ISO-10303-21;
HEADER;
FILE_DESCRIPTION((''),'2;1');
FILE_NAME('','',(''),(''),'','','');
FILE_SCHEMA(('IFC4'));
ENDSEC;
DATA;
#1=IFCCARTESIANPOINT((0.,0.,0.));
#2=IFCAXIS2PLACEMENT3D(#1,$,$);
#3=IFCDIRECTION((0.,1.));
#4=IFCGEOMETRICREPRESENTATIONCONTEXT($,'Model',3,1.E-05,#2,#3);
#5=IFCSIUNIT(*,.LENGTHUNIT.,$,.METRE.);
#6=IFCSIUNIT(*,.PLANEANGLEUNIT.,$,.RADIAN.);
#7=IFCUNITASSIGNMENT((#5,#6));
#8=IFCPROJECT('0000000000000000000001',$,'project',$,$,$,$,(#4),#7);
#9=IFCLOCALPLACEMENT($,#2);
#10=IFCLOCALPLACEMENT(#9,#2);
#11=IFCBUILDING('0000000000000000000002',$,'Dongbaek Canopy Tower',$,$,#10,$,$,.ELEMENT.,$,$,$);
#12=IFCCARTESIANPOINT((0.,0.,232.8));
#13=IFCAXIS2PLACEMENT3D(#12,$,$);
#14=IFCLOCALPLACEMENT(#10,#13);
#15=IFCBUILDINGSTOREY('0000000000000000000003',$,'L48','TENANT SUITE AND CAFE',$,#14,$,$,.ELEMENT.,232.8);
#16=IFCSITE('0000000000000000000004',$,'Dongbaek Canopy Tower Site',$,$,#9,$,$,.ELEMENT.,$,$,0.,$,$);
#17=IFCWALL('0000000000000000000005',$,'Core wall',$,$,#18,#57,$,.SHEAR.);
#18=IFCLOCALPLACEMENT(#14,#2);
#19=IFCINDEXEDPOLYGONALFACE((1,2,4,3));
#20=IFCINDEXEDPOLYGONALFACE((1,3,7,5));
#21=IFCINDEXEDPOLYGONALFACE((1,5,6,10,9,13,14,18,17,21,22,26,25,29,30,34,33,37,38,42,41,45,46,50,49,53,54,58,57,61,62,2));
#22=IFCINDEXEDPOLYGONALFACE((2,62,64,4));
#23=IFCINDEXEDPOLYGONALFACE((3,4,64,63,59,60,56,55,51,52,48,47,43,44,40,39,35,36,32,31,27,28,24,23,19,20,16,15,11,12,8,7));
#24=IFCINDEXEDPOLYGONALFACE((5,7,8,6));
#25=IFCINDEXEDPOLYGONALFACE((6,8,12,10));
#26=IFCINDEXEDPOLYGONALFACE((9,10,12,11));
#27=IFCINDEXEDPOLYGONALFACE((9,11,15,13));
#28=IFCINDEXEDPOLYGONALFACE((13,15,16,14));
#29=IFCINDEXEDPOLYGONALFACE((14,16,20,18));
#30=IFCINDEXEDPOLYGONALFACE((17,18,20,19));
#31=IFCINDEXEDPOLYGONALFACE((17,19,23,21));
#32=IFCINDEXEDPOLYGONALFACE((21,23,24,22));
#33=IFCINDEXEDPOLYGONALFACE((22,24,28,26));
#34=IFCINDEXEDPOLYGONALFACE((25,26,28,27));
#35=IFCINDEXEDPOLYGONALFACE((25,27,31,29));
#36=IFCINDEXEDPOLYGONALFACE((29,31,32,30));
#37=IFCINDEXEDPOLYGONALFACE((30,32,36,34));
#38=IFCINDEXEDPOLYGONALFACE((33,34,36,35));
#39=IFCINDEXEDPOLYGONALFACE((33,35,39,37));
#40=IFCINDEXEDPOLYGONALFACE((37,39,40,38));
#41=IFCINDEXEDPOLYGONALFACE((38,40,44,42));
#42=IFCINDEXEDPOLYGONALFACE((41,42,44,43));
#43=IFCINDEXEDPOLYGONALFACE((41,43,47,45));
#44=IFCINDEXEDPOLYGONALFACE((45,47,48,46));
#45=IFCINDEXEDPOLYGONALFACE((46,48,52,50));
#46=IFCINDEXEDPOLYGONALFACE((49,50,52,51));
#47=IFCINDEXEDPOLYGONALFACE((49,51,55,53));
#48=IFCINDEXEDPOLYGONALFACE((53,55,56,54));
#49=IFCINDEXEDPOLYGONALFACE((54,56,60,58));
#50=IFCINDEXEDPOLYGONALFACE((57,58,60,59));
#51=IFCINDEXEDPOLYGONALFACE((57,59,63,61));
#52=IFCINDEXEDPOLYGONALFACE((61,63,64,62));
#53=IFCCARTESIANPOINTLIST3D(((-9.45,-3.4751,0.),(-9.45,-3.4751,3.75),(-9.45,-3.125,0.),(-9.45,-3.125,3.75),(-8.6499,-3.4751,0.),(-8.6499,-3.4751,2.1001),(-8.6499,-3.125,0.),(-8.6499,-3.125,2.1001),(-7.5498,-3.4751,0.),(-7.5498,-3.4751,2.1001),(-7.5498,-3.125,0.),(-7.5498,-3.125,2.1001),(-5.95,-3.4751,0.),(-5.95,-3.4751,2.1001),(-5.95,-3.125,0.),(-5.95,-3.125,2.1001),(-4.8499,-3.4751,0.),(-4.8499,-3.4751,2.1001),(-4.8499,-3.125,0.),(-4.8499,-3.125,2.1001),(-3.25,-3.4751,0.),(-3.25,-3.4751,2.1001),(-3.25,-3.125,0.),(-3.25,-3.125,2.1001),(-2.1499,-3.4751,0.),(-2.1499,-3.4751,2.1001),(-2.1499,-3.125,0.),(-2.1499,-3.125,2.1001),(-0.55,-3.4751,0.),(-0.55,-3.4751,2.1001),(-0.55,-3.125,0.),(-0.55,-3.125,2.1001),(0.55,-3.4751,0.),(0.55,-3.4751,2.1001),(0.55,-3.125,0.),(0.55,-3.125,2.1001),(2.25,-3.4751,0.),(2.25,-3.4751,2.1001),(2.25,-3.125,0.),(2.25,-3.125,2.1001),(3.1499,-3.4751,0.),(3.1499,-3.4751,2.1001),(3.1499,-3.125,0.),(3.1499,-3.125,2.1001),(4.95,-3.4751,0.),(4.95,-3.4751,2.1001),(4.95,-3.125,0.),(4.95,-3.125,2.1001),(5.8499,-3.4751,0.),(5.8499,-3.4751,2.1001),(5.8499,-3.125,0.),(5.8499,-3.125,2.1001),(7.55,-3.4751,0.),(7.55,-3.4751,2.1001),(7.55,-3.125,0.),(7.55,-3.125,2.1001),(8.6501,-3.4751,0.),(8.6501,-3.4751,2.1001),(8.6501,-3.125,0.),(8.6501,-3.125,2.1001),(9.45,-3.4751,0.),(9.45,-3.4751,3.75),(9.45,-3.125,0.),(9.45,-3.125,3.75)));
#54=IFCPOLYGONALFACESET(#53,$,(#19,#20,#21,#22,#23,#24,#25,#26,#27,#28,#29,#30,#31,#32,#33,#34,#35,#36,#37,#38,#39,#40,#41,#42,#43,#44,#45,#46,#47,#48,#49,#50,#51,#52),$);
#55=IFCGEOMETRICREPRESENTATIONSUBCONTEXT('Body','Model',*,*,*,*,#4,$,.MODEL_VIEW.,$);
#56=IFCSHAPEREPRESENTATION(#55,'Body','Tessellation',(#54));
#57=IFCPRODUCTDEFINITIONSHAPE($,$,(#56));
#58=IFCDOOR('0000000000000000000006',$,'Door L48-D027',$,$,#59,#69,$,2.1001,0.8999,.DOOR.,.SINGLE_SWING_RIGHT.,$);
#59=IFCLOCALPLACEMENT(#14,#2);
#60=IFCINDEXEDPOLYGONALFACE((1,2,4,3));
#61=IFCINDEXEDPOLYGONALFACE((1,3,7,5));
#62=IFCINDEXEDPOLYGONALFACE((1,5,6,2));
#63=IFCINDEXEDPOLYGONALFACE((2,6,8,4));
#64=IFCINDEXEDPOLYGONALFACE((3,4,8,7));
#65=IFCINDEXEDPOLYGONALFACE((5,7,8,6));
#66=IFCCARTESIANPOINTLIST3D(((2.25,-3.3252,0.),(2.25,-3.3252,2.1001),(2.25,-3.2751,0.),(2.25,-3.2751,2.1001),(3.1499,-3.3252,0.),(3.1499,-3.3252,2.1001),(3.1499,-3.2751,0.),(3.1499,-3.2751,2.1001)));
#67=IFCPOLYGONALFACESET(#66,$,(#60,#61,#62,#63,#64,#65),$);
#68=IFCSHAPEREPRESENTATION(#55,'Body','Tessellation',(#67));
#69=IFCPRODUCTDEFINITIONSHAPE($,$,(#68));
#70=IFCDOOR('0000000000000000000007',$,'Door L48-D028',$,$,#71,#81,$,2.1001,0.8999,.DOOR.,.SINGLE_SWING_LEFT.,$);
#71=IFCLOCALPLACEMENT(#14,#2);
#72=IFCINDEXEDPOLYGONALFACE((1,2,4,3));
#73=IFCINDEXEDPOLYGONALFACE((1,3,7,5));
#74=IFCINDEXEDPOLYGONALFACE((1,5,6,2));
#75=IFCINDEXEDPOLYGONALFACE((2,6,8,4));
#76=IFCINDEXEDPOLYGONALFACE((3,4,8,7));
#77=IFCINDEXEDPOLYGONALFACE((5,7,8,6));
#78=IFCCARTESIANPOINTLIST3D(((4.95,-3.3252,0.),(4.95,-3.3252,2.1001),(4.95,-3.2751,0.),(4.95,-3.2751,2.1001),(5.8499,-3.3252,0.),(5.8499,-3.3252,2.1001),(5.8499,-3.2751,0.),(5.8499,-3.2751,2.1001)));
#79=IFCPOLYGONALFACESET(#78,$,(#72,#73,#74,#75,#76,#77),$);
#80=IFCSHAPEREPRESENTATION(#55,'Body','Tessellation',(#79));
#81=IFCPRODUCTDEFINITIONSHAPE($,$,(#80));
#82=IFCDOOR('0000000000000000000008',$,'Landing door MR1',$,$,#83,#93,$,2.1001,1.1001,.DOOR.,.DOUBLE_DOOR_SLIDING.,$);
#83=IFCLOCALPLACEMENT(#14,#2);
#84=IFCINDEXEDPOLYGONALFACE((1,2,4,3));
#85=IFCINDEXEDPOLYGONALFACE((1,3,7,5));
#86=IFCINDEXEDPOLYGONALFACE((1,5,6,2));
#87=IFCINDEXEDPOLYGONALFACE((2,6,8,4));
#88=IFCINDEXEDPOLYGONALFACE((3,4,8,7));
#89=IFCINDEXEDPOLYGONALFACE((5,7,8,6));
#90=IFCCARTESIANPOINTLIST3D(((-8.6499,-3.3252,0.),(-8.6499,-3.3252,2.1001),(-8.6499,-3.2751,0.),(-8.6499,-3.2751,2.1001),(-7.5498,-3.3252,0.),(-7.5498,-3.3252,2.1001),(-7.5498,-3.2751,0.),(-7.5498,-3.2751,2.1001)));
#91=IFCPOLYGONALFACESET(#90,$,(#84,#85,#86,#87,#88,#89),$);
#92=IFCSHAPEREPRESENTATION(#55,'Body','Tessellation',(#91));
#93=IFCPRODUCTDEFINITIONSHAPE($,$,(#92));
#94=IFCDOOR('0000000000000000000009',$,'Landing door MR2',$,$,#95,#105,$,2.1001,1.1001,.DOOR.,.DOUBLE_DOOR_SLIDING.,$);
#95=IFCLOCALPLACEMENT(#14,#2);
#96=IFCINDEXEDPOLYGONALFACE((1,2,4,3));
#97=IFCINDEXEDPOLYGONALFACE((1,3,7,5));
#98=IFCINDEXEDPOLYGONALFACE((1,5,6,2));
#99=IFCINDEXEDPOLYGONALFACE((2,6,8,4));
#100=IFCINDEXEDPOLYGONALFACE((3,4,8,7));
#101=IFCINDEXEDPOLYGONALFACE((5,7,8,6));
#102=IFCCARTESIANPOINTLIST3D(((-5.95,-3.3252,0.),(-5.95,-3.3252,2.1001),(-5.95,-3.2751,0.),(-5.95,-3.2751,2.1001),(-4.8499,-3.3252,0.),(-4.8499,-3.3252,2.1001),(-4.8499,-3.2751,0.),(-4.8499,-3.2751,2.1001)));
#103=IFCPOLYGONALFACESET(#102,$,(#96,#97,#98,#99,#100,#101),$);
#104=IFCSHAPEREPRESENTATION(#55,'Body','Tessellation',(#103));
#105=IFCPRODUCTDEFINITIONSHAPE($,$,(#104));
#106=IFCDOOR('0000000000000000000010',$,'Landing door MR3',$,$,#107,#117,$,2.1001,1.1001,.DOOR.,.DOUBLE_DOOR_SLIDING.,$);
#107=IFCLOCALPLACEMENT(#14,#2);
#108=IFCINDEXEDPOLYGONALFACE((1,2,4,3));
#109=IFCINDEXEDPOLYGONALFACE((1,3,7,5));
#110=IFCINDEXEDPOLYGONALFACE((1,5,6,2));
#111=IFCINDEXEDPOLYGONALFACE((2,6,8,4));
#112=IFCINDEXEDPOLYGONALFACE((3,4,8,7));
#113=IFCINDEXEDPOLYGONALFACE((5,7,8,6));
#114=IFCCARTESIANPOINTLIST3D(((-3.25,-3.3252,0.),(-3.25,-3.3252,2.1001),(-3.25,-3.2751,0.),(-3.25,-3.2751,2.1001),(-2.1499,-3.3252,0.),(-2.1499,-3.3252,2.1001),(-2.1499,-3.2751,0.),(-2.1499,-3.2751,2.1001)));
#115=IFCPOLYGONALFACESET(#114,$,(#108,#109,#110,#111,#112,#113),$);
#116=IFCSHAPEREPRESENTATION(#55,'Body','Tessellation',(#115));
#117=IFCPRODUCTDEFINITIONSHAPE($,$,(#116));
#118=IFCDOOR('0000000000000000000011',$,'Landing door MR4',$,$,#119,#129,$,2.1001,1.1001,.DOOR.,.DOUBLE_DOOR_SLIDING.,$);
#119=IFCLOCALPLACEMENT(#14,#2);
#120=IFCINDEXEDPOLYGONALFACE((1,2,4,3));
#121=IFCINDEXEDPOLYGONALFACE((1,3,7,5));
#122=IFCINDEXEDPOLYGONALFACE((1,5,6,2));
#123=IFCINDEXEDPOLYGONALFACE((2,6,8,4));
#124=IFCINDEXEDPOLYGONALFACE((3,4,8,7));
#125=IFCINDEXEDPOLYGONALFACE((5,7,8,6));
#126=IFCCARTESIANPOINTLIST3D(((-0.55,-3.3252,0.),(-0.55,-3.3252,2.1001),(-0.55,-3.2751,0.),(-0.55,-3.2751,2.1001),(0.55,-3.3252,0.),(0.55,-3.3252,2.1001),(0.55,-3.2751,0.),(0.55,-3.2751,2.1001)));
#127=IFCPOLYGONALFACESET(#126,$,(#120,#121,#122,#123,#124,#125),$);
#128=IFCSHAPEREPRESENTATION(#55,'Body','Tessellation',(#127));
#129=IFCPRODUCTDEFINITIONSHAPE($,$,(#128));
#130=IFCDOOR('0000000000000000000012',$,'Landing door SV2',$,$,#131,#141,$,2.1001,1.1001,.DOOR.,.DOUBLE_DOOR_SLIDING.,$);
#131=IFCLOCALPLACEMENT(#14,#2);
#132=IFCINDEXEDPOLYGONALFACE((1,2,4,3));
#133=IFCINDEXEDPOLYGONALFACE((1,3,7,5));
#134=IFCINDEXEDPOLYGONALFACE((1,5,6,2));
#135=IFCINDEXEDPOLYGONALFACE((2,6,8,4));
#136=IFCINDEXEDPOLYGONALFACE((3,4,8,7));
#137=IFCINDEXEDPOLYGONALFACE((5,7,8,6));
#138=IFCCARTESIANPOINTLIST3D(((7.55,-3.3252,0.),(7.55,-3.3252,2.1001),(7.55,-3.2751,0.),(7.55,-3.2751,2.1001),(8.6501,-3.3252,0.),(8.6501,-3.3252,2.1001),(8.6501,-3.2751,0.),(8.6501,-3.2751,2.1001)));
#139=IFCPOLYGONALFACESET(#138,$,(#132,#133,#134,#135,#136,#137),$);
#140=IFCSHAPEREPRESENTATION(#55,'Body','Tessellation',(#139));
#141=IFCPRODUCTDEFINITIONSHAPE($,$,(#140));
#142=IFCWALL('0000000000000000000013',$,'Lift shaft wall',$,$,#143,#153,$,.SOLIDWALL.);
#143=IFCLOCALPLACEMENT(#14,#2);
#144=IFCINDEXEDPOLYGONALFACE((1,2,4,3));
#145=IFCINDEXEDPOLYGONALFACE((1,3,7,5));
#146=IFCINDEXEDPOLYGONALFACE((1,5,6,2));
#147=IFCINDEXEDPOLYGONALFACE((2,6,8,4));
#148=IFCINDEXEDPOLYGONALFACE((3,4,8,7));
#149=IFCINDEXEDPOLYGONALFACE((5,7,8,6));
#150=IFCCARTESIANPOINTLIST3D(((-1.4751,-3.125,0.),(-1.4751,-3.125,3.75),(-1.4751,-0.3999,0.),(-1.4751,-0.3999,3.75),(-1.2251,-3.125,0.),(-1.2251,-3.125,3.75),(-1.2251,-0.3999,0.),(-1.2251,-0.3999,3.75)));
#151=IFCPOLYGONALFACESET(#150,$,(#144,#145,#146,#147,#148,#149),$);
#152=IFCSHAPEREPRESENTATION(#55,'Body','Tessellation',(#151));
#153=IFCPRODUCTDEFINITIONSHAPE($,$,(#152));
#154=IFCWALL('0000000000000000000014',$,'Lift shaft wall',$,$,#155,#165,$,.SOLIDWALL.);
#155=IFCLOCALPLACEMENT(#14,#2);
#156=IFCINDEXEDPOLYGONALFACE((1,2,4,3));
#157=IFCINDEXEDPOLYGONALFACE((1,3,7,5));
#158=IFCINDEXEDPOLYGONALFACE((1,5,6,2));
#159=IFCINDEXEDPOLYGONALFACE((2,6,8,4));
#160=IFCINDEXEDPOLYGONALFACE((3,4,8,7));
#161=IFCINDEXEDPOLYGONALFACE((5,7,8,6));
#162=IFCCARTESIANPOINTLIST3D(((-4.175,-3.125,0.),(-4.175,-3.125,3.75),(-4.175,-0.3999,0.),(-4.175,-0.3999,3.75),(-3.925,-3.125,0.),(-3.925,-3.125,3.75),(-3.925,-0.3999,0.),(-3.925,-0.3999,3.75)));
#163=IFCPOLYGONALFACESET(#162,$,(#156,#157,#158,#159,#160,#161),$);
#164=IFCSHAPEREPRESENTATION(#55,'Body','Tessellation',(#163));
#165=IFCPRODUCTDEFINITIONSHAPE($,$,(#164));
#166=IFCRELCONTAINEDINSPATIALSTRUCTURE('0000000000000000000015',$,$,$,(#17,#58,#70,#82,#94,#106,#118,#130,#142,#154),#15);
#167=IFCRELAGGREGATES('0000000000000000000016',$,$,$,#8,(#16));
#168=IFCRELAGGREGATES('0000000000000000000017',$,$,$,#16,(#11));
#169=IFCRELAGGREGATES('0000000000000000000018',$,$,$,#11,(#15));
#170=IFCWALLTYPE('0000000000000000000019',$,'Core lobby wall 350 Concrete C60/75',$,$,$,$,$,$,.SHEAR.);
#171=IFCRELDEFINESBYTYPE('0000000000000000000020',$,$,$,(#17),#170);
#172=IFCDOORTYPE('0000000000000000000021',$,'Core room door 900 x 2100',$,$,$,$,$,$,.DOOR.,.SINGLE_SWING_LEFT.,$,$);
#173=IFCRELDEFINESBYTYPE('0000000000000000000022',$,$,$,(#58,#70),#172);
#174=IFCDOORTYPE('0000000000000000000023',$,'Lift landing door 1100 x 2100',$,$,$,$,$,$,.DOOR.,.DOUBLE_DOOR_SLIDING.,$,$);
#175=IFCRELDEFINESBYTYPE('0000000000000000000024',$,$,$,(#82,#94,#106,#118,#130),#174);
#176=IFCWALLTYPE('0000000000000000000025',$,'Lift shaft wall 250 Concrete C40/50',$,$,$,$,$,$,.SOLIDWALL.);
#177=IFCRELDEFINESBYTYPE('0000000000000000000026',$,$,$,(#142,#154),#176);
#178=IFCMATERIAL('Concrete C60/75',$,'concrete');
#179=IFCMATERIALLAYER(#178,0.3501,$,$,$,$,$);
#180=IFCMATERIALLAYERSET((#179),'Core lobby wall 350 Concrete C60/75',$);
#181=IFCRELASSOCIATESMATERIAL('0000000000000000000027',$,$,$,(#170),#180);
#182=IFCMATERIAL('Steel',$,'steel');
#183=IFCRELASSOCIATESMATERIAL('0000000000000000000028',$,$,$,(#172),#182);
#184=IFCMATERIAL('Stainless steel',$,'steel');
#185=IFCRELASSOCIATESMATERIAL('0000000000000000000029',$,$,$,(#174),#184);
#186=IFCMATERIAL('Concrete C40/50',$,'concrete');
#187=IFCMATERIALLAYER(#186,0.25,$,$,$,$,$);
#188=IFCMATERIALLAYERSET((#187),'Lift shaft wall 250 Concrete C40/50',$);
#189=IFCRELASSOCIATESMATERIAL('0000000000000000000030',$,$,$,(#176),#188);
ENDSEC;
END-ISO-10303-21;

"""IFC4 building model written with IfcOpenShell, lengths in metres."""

from ifc_helpers import new_model, si_unit, direction, frame, frame_2d, origin, place, context, subcontext, project, spatial, rectangle, extrude, material, layer, layer_set, type_object, element, fill, save


model = new_model("IFC4")

# Units and contexts
model_context = context("Model", 3, precision=1e-05, world=origin(), true_north=direction((0.0, 1.0)))
body_context = subcontext(model_context, "Body", "Model", "MODEL_VIEW")
ifc_project = project(units=[si_unit("LENGTHUNIT", "METRE"), si_unit("PLANEANGLEUNIT", "RADIAN")], contexts=[model_context])

# Site, building, storey
site_placement = place(None, origin())
site = spatial("IfcSite", under=ifc_project, at=site_placement, Name="Dongbaek Canopy Tower Site", CompositionType="ELEMENT", RefElevation=0.0)
building_placement = place(site_placement, origin())
building = spatial("IfcBuilding", under=site, at=building_placement, Name="Dongbaek Canopy Tower", CompositionType="ELEMENT")
storey_placement = place(building_placement, frame((0.0, 0.0, 232.8)))
storey = spatial("IfcBuildingStorey", under=building, at=storey_placement, Name="L48", Description="TENANT SUITE AND CAFE", CompositionType="ELEMENT", Elevation=232.8)

# Wall, openings, doors
ifc_material_1 = material(Name="Concrete C60/75", Category="concrete")
ifc_layer_1 = layer(ifc_material_1, 0.3501)
ifc_layer_set_1 = layer_set([ifc_layer_1], Name="Core lobby wall 350 Concrete C60/75")
wall_type_1 = type_object("IfcWallType", Name="Core lobby wall 350 Concrete C60/75", PredefinedType="SHEAR", material=ifc_layer_set_1)
wall_1_placement = place(storey_placement, frame((-9.45, -3.3, 0.0), z_axis=(0.0, 0.0, 1.0), x_axis=(1.0, 0.0, 0.0)))
wall_1 = element("IfcWall", 1, at=wall_1_placement, inside=storey, type_object=wall_type_1, Name="Core wall", PredefinedType="SHEAR", context=body_context, shape_type="SweptSolid", body=[
    extrude(rectangle(XDim=18.8999, YDim=0.3501, at=frame_2d((9.45, 0.0))), origin(), (0.0, 0.0, 1.0), 3.75),
])
opening_1_placement = place(wall_1_placement, frame((0.8, 0.0, 0.0)))
opening_1 = element("IfcOpeningElement", 2, at=opening_1_placement, cuts=wall_1, PredefinedType="OPENING", context=body_context, shape_type="SweptSolid", body=[
    extrude(rectangle(XDim=1.1001, YDim=2.1001, at=frame_2d((0.55, 1.05))), frame((0.0, 0.1851, 0.0), z_axis=(0.0, -1.0, 0.0), x_axis=(1.0, 0.0, 0.0)), (0.0, 0.0, 1.0), 0.3701),
])
opening_2_placement = place(wall_1_placement, frame((3.5, 0.0, 0.0)))
opening_2 = element("IfcOpeningElement", 3, at=opening_2_placement, cuts=wall_1, PredefinedType="OPENING", context=body_context, shape_type="SweptSolid", body=[
    extrude(rectangle(XDim=1.1001, YDim=2.1001, at=frame_2d((0.55, 1.05))), frame((0.0, 0.1851, 0.0), z_axis=(0.0, -1.0, 0.0), x_axis=(1.0, 0.0, 0.0)), (0.0, 0.0, 1.0), 0.3701),
])
opening_3_placement = place(wall_1_placement, frame((6.2, 0.0, 0.0)))
opening_3 = element("IfcOpeningElement", 4, at=opening_3_placement, cuts=wall_1, PredefinedType="OPENING", context=body_context, shape_type="SweptSolid", body=[
    extrude(rectangle(XDim=1.1001, YDim=2.1001, at=frame_2d((0.55, 1.05))), frame((0.0, 0.1851, 0.0), z_axis=(0.0, -1.0, 0.0), x_axis=(1.0, 0.0, 0.0)), (0.0, 0.0, 1.0), 0.3701),
])
opening_4_placement = place(wall_1_placement, frame((8.8999, 0.0, 0.0)))
opening_4 = element("IfcOpeningElement", 5, at=opening_4_placement, cuts=wall_1, PredefinedType="OPENING", context=body_context, shape_type="SweptSolid", body=[
    extrude(rectangle(XDim=1.1001, YDim=2.1001, at=frame_2d((0.55, 1.05))), frame((0.0, 0.1851, 0.0), z_axis=(0.0, -1.0, 0.0), x_axis=(1.0, 0.0, 0.0)), (0.0, 0.0, 1.0), 0.3701),
])
opening_5_placement = place(wall_1_placement, frame((17.0, 0.0, 0.0)))
opening_5 = element("IfcOpeningElement", 6, at=opening_5_placement, cuts=wall_1, PredefinedType="OPENING", context=body_context, shape_type="SweptSolid", body=[
    extrude(rectangle(XDim=1.1001, YDim=2.1001, at=frame_2d((0.55, 1.05))), frame((0.0, 0.1851, 0.0), z_axis=(0.0, -1.0, 0.0), x_axis=(1.0, 0.0, 0.0)), (0.0, 0.0, 1.0), 0.3701),
])
opening_6_placement = place(wall_1_placement, frame((11.7, 0.0, 0.0)))
opening_6 = element("IfcOpeningElement", 7, at=opening_6_placement, cuts=wall_1, PredefinedType="OPENING", context=body_context, shape_type="SweptSolid", body=[
    extrude(rectangle(XDim=0.8999, YDim=2.1001, at=frame_2d((0.45, 1.05))), frame((0.0, 0.1851, 0.0), z_axis=(0.0, -1.0, 0.0), x_axis=(1.0, 0.0, 0.0)), (0.0, 0.0, 1.0), 0.3701),
])
opening_7_placement = place(wall_1_placement, frame((14.3999, 0.0, 0.0)))
opening_7 = element("IfcOpeningElement", 8, at=opening_7_placement, cuts=wall_1, PredefinedType="OPENING", context=body_context, shape_type="SweptSolid", body=[
    extrude(rectangle(XDim=0.8999, YDim=2.1001, at=frame_2d((0.45, 1.05))), frame((0.0, 0.1851, 0.0), z_axis=(0.0, -1.0, 0.0), x_axis=(1.0, 0.0, 0.0)), (0.0, 0.0, 1.0), 0.3701),
])
ifc_material_2 = material(Name="Steel", Category="steel")
door_type_1 = type_object("IfcDoorType", Name="Core room door 900 x 2100", OperationType="SINGLE_SWING_LEFT", PredefinedType="DOOR", material=ifc_material_2)
door_1_placement = place(opening_6_placement, origin())
door_1 = element("IfcDoor", 9, at=door_1_placement, inside=storey, type_object=door_type_1, Name="Door L48-D027", OperationType="SINGLE_SWING_RIGHT", OverallHeight=2.1001, OverallWidth=0.8999, PredefinedType="DOOR", context=body_context, shape_type="SweptSolid", body=[
    extrude(rectangle(XDim=0.8999, YDim=2.1001, at=frame_2d((0.45, 1.05))), frame((0.0, 0.0249, 0.0), z_axis=(0.0, -1.0, 0.0), x_axis=(1.0, 0.0, 0.0)), (0.0, 0.0, 1.0), 0.05),
])
fill(opening_6, door_1)
door_2_placement = place(opening_7_placement, origin())
door_2 = element("IfcDoor", 10, at=door_2_placement, inside=storey, type_object=door_type_1, Name="Door L48-D028", OperationType="SINGLE_SWING_LEFT", OverallHeight=2.1001, OverallWidth=0.8999, PredefinedType="DOOR", context=body_context, shape_type="SweptSolid", body=[
    extrude(rectangle(XDim=0.8999, YDim=2.1001, at=frame_2d((0.45, 1.05))), frame((0.0, 0.0249, 0.0), z_axis=(0.0, -1.0, 0.0), x_axis=(1.0, 0.0, 0.0)), (0.0, 0.0, 1.0), 0.05),
])
fill(opening_7, door_2)
ifc_material_3 = material(Name="Stainless steel", Category="steel")
door_type_2 = type_object("IfcDoorType", Name="Lift landing door 1100 x 2100", OperationType="DOUBLE_DOOR_SLIDING", PredefinedType="DOOR", material=ifc_material_3)
door_3_placement = place(opening_1_placement, origin())
door_3 = element("IfcDoor", 11, at=door_3_placement, inside=storey, type_object=door_type_2, Name="Landing door MR1", OperationType="DOUBLE_DOOR_SLIDING", OverallHeight=2.1001, OverallWidth=1.1001, PredefinedType="DOOR", context=body_context, shape_type="SweptSolid", body=[
    extrude(rectangle(XDim=1.1001, YDim=2.1001, at=frame_2d((0.55, 1.05))), frame((0.0, 0.0249, 0.0), z_axis=(0.0, -1.0, 0.0), x_axis=(1.0, 0.0, 0.0)), (0.0, 0.0, 1.0), 0.05),
])
fill(opening_1, door_3)
door_4_placement = place(opening_2_placement, origin())
door_4 = element("IfcDoor", 12, at=door_4_placement, inside=storey, type_object=door_type_2, Name="Landing door MR2", OperationType="DOUBLE_DOOR_SLIDING", OverallHeight=2.1001, OverallWidth=1.1001, PredefinedType="DOOR", context=body_context, shape_type="SweptSolid", body=[
    extrude(rectangle(XDim=1.1001, YDim=2.1001, at=frame_2d((0.55, 1.05))), frame((0.0, 0.0249, 0.0), z_axis=(0.0, -1.0, 0.0), x_axis=(1.0, 0.0, 0.0)), (0.0, 0.0, 1.0), 0.05),
])
fill(opening_2, door_4)
door_5_placement = place(opening_3_placement, origin())
door_5 = element("IfcDoor", 13, at=door_5_placement, inside=storey, type_object=door_type_2, Name="Landing door MR3", OperationType="DOUBLE_DOOR_SLIDING", OverallHeight=2.1001, OverallWidth=1.1001, PredefinedType="DOOR", context=body_context, shape_type="SweptSolid", body=[
    extrude(rectangle(XDim=1.1001, YDim=2.1001, at=frame_2d((0.55, 1.05))), frame((0.0, 0.0249, 0.0), z_axis=(0.0, -1.0, 0.0), x_axis=(1.0, 0.0, 0.0)), (0.0, 0.0, 1.0), 0.05),
])
fill(opening_3, door_5)
door_6_placement = place(opening_4_placement, origin())
door_6 = element("IfcDoor", 14, at=door_6_placement, inside=storey, type_object=door_type_2, Name="Landing door MR4", OperationType="DOUBLE_DOOR_SLIDING", OverallHeight=2.1001, OverallWidth=1.1001, PredefinedType="DOOR", context=body_context, shape_type="SweptSolid", body=[
    extrude(rectangle(XDim=1.1001, YDim=2.1001, at=frame_2d((0.55, 1.05))), frame((0.0, 0.0249, 0.0), z_axis=(0.0, -1.0, 0.0), x_axis=(1.0, 0.0, 0.0)), (0.0, 0.0, 1.0), 0.05),
])
fill(opening_4, door_6)
door_7_placement = place(opening_5_placement, origin())
door_7 = element("IfcDoor", 15, at=door_7_placement, inside=storey, type_object=door_type_2, Name="Landing door SV2", OperationType="DOUBLE_DOOR_SLIDING", OverallHeight=2.1001, OverallWidth=1.1001, PredefinedType="DOOR", context=body_context, shape_type="SweptSolid", body=[
    extrude(rectangle(XDim=1.1001, YDim=2.1001, at=frame_2d((0.55, 1.05))), frame((0.0, 0.0249, 0.0), z_axis=(0.0, -1.0, 0.0), x_axis=(1.0, 0.0, 0.0)), (0.0, 0.0, 1.0), 0.05),
])
fill(opening_5, door_7)

# Walls
ifc_material_4 = material(Name="Concrete C40/50", Category="concrete")
ifc_layer_2 = layer(ifc_material_4, 0.25)
ifc_layer_set_2 = layer_set([ifc_layer_2], Name="Lift shaft wall 250 Concrete C40/50")
wall_type_2 = type_object("IfcWallType", Name="Lift shaft wall 250 Concrete C40/50", PredefinedType="SOLIDWALL", material=ifc_layer_set_2)
for number, where, z_axis, x_axis, name in (
    (16, (-1.3501, -3.125, 0.0), (0.0, 0.0, 1.0), (0.0, 1.0, 0.0), "Lift shaft wall"),
    (17, (-4.05, -3.125, 0.0), (0.0, 0.0, 1.0), (0.0, 1.0, 0.0), "Lift shaft wall"),
):
    element("IfcWall", number, at=place(storey_placement, frame(where, z_axis=z_axis, x_axis=x_axis)), inside=storey, type_object=wall_type_2, Name=name, PredefinedType="SOLIDWALL", context=body_context, shape_type="SweptSolid", body=[
        extrude(rectangle(XDim=2.7251, YDim=0.25, at=frame_2d((1.3625, 0.0))), origin(), (0.0, 0.0, 1.0), 3.75),
    ])

save(model, "model.ifc")
